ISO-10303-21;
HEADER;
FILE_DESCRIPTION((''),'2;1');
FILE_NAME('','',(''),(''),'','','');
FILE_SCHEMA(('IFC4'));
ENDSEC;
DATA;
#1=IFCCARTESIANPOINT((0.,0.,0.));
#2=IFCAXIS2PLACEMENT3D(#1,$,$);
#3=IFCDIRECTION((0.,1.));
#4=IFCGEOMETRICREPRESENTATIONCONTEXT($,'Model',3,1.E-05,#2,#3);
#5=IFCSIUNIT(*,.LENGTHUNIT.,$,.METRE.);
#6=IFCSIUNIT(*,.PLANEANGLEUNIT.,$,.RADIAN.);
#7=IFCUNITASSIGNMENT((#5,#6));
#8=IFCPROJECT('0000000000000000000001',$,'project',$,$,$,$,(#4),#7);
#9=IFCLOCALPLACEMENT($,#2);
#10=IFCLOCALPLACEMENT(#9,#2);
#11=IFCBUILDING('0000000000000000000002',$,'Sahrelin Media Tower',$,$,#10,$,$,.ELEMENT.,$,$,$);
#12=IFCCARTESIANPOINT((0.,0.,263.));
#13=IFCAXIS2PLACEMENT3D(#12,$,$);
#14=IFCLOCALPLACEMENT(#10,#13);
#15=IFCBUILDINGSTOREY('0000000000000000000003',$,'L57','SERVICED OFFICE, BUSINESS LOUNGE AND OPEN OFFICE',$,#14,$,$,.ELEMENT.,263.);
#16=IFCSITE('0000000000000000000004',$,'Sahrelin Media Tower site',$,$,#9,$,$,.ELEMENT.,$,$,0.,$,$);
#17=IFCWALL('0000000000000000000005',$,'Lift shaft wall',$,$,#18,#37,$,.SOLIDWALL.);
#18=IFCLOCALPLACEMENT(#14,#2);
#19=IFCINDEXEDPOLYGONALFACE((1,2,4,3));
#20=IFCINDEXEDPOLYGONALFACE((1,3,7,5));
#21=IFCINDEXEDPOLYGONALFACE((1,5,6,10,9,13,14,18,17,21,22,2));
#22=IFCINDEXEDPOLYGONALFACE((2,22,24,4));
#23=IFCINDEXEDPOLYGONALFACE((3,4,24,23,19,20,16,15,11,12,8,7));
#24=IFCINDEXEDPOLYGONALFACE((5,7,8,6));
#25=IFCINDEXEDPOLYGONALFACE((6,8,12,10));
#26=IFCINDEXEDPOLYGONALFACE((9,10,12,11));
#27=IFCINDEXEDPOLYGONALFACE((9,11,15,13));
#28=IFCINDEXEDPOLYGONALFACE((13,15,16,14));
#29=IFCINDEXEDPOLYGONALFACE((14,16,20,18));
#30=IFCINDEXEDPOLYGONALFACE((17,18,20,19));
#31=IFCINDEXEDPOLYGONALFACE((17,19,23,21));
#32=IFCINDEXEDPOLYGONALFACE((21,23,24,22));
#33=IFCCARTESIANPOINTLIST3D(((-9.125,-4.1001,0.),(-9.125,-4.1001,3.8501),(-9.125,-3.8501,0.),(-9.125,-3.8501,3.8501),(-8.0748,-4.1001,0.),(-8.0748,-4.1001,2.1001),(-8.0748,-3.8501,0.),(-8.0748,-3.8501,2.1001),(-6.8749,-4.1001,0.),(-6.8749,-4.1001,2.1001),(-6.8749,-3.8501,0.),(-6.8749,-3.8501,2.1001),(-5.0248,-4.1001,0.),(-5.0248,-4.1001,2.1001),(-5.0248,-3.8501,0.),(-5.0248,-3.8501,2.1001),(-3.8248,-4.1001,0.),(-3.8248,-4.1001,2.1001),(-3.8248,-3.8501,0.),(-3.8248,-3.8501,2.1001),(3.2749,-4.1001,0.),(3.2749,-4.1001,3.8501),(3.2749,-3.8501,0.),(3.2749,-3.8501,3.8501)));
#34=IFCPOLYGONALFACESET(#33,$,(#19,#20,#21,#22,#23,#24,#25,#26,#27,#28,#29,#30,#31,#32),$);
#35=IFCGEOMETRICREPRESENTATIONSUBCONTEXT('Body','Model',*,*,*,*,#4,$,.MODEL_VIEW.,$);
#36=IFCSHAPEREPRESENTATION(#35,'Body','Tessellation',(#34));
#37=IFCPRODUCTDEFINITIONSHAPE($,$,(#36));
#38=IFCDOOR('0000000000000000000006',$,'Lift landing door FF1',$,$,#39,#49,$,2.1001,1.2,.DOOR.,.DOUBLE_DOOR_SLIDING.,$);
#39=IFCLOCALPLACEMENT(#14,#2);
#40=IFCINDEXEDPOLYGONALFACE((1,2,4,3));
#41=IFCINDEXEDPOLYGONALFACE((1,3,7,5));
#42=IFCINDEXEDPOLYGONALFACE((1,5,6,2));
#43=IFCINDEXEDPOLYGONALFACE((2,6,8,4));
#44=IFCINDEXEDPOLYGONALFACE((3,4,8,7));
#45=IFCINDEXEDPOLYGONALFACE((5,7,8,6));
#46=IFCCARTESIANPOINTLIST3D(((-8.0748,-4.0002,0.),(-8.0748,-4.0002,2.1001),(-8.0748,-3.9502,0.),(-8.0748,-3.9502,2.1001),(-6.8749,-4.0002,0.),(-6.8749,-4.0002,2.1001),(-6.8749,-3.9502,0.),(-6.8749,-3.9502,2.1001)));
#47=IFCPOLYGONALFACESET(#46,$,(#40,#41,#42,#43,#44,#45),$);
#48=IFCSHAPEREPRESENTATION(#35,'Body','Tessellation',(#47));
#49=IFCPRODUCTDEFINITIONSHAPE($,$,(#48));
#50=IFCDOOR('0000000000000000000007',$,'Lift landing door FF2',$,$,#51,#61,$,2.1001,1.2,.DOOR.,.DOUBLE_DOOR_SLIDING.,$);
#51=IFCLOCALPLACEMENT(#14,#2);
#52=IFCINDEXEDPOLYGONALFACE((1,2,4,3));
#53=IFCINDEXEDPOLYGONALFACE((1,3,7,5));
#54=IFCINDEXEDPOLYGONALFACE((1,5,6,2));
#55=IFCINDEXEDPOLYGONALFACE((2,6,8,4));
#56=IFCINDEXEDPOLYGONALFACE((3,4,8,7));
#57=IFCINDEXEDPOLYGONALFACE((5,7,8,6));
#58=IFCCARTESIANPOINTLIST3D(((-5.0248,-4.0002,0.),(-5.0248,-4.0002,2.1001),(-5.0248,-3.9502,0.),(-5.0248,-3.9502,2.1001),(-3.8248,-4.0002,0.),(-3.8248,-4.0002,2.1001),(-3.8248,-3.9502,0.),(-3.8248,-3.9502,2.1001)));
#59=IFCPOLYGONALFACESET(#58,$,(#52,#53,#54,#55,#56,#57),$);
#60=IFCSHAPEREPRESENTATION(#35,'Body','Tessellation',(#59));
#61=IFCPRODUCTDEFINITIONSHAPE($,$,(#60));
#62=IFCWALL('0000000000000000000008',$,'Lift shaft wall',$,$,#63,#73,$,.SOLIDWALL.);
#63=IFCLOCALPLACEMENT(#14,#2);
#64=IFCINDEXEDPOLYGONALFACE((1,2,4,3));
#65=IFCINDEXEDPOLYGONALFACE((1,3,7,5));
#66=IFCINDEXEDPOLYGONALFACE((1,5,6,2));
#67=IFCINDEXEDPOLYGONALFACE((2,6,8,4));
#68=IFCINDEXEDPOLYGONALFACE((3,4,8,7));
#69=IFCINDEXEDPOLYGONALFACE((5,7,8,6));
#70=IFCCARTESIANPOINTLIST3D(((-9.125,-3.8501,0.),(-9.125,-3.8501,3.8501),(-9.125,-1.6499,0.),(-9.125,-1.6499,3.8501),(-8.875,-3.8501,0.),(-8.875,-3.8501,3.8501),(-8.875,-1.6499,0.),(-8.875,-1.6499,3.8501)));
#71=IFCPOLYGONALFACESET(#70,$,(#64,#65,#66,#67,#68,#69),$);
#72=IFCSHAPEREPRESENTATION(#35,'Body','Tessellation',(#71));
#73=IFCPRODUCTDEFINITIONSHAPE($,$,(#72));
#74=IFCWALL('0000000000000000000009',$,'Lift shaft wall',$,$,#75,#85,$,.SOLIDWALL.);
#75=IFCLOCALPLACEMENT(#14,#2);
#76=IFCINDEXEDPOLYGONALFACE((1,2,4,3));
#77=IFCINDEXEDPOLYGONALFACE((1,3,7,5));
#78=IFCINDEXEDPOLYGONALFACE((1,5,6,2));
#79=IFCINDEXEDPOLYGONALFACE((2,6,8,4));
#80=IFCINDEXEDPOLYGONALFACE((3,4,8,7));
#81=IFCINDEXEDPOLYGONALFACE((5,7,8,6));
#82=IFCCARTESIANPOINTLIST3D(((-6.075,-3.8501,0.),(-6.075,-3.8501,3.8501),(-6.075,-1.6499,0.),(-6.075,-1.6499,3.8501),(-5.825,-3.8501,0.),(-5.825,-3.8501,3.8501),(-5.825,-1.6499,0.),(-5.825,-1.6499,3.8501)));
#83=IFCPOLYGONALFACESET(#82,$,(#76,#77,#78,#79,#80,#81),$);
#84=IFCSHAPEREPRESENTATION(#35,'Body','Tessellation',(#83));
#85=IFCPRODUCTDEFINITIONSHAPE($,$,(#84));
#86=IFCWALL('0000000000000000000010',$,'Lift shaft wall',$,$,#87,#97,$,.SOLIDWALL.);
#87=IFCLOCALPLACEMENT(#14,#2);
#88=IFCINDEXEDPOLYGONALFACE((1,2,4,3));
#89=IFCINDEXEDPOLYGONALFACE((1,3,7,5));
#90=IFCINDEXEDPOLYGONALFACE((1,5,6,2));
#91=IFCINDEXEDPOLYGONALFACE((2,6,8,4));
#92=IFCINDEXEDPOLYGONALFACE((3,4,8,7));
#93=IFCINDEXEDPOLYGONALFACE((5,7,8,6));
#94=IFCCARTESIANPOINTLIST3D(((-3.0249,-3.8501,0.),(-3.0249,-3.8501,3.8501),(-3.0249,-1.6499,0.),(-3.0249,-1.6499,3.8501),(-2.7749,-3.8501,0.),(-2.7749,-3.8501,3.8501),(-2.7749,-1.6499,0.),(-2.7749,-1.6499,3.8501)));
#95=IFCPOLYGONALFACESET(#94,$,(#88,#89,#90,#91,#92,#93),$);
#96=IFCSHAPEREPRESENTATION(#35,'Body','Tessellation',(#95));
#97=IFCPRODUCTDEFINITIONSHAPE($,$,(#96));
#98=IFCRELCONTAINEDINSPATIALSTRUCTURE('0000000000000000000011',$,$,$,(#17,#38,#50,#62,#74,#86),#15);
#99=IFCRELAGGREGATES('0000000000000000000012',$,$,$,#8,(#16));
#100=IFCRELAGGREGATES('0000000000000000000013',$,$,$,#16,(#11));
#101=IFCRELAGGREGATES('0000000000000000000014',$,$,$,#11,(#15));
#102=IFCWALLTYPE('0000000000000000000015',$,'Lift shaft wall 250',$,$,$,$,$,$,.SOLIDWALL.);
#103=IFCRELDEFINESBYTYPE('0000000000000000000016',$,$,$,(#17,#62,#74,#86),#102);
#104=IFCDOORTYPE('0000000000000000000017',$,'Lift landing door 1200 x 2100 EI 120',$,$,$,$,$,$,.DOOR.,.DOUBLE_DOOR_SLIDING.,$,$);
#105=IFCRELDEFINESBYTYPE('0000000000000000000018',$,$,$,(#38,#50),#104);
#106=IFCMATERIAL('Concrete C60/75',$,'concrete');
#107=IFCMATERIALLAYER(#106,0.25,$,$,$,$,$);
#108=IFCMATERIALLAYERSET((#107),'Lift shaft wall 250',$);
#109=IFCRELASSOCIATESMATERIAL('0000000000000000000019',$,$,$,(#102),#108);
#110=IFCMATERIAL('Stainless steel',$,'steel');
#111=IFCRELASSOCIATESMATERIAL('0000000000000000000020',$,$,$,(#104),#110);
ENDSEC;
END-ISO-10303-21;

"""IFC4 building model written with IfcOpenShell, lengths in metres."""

from ifc_helpers import new_model, si_unit, direction, frame, frame_2d, origin, place, context, subcontext, project, spatial, rectangle, extrude, material, layer, layer_set, type_object, element, fill, save


model = new_model("IFC4")

# Units and contexts
model_context = context("Model", 3, precision=1e-05, world=origin(), true_north=direction((0.0, 1.0)))
body_context = subcontext(model_context, "Body", "Model", "MODEL_VIEW")
ifc_project = project(units=[si_unit("LENGTHUNIT", "METRE"), si_unit("PLANEANGLEUNIT", "RADIAN")], contexts=[model_context])

# Site, building, storey
site_placement = place(None, origin())
site = spatial("IfcSite", under=ifc_project, at=site_placement, Name="Sahrelin Media Tower site", CompositionType="ELEMENT", RefElevation=0.0)
building_placement = place(site_placement, origin())
building = spatial("IfcBuilding", under=site, at=building_placement, Name="Sahrelin Media Tower", CompositionType="ELEMENT")
storey_placement = place(building_placement, frame((0.0, 0.0, 263.0)))
storey = spatial("IfcBuildingStorey", under=building, at=storey_placement, Name="L57", Description="SERVICED OFFICE, BUSINESS LOUNGE AND OPEN OFFICE", CompositionType="ELEMENT", Elevation=263.0)

# Shared definitions
ifc_material_1 = material(Name="Concrete C60/75", Category="concrete")

# Wall, openings, doors
ifc_layer_1 = layer(ifc_material_1, 0.25)
ifc_layer_set_1 = layer_set([ifc_layer_1], Name="Lift shaft wall 250")
wall_type_1 = type_object("IfcWallType", Name="Lift shaft wall 250", PredefinedType="SOLIDWALL", material=ifc_layer_set_1)
ifc_material_2 = material(Name="Stainless steel", Category="steel")
door_type_1 = type_object("IfcDoorType", Name="Lift landing door 1200 x 2100 EI 120", OperationType="DOUBLE_DOOR_SLIDING", PredefinedType="DOOR", material=ifc_material_2)
wall_1_placement = place(storey_placement, frame((-9.125, -3.9751, 0.0), z_axis=(0.0, 0.0, 1.0), x_axis=(1.0, 0.0, 0.0)))
wall_1 = element("IfcWall", 1, at=wall_1_placement, inside=storey, type_object=wall_type_1, Name="Lift shaft wall", PredefinedType="SOLIDWALL", context=body_context, shape_type="SweptSolid", body=[
    extrude(rectangle(XDim=12.3999, YDim=0.25, at=frame_2d((6.2, 0.0))), origin(), (0.0, 0.0, 1.0), 3.8501),
])
opening_1_placement = place(wall_1_placement, frame((1.05, 0.0, 0.0)))
opening_1 = element("IfcOpeningElement", 2, at=opening_1_placement, cuts=wall_1, PredefinedType="OPENING", context=body_context, shape_type="SweptSolid", body=[
    extrude(rectangle(XDim=1.2, YDim=2.1001, at=frame_2d((0.6001, 1.05))), frame((0.0, 0.125, 0.0), z_axis=(0.0, -1.0, 0.0), x_axis=(1.0, 0.0, 0.0)), (0.0, 0.0, 1.0), 0.25),
])
opening_2_placement = place(wall_1_placement, frame((4.1001, 0.0, 0.0)))
opening_2 = element("IfcOpeningElement", 3, at=opening_2_placement, cuts=wall_1, PredefinedType="OPENING", context=body_context, shape_type="SweptSolid", body=[
    extrude(rectangle(XDim=1.2, YDim=2.1001, at=frame_2d((0.6001, 1.05))), frame((0.0, 0.125, 0.0), z_axis=(0.0, -1.0, 0.0), x_axis=(1.0, 0.0, 0.0)), (0.0, 0.0, 1.0), 0.25),
])
door_1_placement = place(opening_1_placement, origin())
door_1 = element("IfcDoor", 4, at=door_1_placement, inside=storey, type_object=door_type_1, Name="Lift landing door FF1", OperationType="DOUBLE_DOOR_SLIDING", OverallHeight=2.1001, OverallWidth=1.2, PredefinedType="DOOR", context=body_context, shape_type="SweptSolid", body=[
    extrude(rectangle(XDim=1.2, YDim=2.1001, at=frame_2d((0.6001, 1.05))), frame((0.0, 0.0249, 0.0), z_axis=(0.0, -1.0, 0.0), x_axis=(1.0, 0.0, 0.0)), (0.0, 0.0, 1.0), 0.05),
])
fill(opening_1, door_1)
door_2_placement = place(opening_2_placement, origin())
door_2 = element("IfcDoor", 5, at=door_2_placement, inside=storey, type_object=door_type_1, Name="Lift landing door FF2", OperationType="DOUBLE_DOOR_SLIDING", OverallHeight=2.1001, OverallWidth=1.2, PredefinedType="DOOR", context=body_context, shape_type="SweptSolid", body=[
    extrude(rectangle(XDim=1.2, YDim=2.1001, at=frame_2d((0.6001, 1.05))), frame((0.0, 0.0249, 0.0), z_axis=(0.0, -1.0, 0.0), x_axis=(1.0, 0.0, 0.0)), (0.0, 0.0, 1.0), 0.05),
])
fill(opening_2, door_2)

# Walls
for number, where, z_axis, x_axis, name in (
    (6, (-9.0, -3.8501, 0.0), (0.0, 0.0, 1.0), (0.0, 1.0, 0.0), "Lift shaft wall"),
    (7, (-5.95, -3.8501, 0.0), (0.0, 0.0, 1.0), (0.0, 1.0, 0.0), "Lift shaft wall"),
    (8, (-2.8999, -3.8501, 0.0), (0.0, 0.0, 1.0), (0.0, 1.0, 0.0), "Lift shaft wall"),
):
    element("IfcWall", number, at=place(storey_placement, frame(where, z_axis=z_axis, x_axis=x_axis)), inside=storey, type_object=wall_type_1, Name=name, PredefinedType="SOLIDWALL", context=body_context, shape_type="SweptSolid", body=[
        extrude(rectangle(XDim=2.2002, YDim=0.25, at=frame_2d((1.1001, 0.0))), origin(), (0.0, 0.0, 1.0), 3.8501),
    ])

save(model, "model.ifc")
